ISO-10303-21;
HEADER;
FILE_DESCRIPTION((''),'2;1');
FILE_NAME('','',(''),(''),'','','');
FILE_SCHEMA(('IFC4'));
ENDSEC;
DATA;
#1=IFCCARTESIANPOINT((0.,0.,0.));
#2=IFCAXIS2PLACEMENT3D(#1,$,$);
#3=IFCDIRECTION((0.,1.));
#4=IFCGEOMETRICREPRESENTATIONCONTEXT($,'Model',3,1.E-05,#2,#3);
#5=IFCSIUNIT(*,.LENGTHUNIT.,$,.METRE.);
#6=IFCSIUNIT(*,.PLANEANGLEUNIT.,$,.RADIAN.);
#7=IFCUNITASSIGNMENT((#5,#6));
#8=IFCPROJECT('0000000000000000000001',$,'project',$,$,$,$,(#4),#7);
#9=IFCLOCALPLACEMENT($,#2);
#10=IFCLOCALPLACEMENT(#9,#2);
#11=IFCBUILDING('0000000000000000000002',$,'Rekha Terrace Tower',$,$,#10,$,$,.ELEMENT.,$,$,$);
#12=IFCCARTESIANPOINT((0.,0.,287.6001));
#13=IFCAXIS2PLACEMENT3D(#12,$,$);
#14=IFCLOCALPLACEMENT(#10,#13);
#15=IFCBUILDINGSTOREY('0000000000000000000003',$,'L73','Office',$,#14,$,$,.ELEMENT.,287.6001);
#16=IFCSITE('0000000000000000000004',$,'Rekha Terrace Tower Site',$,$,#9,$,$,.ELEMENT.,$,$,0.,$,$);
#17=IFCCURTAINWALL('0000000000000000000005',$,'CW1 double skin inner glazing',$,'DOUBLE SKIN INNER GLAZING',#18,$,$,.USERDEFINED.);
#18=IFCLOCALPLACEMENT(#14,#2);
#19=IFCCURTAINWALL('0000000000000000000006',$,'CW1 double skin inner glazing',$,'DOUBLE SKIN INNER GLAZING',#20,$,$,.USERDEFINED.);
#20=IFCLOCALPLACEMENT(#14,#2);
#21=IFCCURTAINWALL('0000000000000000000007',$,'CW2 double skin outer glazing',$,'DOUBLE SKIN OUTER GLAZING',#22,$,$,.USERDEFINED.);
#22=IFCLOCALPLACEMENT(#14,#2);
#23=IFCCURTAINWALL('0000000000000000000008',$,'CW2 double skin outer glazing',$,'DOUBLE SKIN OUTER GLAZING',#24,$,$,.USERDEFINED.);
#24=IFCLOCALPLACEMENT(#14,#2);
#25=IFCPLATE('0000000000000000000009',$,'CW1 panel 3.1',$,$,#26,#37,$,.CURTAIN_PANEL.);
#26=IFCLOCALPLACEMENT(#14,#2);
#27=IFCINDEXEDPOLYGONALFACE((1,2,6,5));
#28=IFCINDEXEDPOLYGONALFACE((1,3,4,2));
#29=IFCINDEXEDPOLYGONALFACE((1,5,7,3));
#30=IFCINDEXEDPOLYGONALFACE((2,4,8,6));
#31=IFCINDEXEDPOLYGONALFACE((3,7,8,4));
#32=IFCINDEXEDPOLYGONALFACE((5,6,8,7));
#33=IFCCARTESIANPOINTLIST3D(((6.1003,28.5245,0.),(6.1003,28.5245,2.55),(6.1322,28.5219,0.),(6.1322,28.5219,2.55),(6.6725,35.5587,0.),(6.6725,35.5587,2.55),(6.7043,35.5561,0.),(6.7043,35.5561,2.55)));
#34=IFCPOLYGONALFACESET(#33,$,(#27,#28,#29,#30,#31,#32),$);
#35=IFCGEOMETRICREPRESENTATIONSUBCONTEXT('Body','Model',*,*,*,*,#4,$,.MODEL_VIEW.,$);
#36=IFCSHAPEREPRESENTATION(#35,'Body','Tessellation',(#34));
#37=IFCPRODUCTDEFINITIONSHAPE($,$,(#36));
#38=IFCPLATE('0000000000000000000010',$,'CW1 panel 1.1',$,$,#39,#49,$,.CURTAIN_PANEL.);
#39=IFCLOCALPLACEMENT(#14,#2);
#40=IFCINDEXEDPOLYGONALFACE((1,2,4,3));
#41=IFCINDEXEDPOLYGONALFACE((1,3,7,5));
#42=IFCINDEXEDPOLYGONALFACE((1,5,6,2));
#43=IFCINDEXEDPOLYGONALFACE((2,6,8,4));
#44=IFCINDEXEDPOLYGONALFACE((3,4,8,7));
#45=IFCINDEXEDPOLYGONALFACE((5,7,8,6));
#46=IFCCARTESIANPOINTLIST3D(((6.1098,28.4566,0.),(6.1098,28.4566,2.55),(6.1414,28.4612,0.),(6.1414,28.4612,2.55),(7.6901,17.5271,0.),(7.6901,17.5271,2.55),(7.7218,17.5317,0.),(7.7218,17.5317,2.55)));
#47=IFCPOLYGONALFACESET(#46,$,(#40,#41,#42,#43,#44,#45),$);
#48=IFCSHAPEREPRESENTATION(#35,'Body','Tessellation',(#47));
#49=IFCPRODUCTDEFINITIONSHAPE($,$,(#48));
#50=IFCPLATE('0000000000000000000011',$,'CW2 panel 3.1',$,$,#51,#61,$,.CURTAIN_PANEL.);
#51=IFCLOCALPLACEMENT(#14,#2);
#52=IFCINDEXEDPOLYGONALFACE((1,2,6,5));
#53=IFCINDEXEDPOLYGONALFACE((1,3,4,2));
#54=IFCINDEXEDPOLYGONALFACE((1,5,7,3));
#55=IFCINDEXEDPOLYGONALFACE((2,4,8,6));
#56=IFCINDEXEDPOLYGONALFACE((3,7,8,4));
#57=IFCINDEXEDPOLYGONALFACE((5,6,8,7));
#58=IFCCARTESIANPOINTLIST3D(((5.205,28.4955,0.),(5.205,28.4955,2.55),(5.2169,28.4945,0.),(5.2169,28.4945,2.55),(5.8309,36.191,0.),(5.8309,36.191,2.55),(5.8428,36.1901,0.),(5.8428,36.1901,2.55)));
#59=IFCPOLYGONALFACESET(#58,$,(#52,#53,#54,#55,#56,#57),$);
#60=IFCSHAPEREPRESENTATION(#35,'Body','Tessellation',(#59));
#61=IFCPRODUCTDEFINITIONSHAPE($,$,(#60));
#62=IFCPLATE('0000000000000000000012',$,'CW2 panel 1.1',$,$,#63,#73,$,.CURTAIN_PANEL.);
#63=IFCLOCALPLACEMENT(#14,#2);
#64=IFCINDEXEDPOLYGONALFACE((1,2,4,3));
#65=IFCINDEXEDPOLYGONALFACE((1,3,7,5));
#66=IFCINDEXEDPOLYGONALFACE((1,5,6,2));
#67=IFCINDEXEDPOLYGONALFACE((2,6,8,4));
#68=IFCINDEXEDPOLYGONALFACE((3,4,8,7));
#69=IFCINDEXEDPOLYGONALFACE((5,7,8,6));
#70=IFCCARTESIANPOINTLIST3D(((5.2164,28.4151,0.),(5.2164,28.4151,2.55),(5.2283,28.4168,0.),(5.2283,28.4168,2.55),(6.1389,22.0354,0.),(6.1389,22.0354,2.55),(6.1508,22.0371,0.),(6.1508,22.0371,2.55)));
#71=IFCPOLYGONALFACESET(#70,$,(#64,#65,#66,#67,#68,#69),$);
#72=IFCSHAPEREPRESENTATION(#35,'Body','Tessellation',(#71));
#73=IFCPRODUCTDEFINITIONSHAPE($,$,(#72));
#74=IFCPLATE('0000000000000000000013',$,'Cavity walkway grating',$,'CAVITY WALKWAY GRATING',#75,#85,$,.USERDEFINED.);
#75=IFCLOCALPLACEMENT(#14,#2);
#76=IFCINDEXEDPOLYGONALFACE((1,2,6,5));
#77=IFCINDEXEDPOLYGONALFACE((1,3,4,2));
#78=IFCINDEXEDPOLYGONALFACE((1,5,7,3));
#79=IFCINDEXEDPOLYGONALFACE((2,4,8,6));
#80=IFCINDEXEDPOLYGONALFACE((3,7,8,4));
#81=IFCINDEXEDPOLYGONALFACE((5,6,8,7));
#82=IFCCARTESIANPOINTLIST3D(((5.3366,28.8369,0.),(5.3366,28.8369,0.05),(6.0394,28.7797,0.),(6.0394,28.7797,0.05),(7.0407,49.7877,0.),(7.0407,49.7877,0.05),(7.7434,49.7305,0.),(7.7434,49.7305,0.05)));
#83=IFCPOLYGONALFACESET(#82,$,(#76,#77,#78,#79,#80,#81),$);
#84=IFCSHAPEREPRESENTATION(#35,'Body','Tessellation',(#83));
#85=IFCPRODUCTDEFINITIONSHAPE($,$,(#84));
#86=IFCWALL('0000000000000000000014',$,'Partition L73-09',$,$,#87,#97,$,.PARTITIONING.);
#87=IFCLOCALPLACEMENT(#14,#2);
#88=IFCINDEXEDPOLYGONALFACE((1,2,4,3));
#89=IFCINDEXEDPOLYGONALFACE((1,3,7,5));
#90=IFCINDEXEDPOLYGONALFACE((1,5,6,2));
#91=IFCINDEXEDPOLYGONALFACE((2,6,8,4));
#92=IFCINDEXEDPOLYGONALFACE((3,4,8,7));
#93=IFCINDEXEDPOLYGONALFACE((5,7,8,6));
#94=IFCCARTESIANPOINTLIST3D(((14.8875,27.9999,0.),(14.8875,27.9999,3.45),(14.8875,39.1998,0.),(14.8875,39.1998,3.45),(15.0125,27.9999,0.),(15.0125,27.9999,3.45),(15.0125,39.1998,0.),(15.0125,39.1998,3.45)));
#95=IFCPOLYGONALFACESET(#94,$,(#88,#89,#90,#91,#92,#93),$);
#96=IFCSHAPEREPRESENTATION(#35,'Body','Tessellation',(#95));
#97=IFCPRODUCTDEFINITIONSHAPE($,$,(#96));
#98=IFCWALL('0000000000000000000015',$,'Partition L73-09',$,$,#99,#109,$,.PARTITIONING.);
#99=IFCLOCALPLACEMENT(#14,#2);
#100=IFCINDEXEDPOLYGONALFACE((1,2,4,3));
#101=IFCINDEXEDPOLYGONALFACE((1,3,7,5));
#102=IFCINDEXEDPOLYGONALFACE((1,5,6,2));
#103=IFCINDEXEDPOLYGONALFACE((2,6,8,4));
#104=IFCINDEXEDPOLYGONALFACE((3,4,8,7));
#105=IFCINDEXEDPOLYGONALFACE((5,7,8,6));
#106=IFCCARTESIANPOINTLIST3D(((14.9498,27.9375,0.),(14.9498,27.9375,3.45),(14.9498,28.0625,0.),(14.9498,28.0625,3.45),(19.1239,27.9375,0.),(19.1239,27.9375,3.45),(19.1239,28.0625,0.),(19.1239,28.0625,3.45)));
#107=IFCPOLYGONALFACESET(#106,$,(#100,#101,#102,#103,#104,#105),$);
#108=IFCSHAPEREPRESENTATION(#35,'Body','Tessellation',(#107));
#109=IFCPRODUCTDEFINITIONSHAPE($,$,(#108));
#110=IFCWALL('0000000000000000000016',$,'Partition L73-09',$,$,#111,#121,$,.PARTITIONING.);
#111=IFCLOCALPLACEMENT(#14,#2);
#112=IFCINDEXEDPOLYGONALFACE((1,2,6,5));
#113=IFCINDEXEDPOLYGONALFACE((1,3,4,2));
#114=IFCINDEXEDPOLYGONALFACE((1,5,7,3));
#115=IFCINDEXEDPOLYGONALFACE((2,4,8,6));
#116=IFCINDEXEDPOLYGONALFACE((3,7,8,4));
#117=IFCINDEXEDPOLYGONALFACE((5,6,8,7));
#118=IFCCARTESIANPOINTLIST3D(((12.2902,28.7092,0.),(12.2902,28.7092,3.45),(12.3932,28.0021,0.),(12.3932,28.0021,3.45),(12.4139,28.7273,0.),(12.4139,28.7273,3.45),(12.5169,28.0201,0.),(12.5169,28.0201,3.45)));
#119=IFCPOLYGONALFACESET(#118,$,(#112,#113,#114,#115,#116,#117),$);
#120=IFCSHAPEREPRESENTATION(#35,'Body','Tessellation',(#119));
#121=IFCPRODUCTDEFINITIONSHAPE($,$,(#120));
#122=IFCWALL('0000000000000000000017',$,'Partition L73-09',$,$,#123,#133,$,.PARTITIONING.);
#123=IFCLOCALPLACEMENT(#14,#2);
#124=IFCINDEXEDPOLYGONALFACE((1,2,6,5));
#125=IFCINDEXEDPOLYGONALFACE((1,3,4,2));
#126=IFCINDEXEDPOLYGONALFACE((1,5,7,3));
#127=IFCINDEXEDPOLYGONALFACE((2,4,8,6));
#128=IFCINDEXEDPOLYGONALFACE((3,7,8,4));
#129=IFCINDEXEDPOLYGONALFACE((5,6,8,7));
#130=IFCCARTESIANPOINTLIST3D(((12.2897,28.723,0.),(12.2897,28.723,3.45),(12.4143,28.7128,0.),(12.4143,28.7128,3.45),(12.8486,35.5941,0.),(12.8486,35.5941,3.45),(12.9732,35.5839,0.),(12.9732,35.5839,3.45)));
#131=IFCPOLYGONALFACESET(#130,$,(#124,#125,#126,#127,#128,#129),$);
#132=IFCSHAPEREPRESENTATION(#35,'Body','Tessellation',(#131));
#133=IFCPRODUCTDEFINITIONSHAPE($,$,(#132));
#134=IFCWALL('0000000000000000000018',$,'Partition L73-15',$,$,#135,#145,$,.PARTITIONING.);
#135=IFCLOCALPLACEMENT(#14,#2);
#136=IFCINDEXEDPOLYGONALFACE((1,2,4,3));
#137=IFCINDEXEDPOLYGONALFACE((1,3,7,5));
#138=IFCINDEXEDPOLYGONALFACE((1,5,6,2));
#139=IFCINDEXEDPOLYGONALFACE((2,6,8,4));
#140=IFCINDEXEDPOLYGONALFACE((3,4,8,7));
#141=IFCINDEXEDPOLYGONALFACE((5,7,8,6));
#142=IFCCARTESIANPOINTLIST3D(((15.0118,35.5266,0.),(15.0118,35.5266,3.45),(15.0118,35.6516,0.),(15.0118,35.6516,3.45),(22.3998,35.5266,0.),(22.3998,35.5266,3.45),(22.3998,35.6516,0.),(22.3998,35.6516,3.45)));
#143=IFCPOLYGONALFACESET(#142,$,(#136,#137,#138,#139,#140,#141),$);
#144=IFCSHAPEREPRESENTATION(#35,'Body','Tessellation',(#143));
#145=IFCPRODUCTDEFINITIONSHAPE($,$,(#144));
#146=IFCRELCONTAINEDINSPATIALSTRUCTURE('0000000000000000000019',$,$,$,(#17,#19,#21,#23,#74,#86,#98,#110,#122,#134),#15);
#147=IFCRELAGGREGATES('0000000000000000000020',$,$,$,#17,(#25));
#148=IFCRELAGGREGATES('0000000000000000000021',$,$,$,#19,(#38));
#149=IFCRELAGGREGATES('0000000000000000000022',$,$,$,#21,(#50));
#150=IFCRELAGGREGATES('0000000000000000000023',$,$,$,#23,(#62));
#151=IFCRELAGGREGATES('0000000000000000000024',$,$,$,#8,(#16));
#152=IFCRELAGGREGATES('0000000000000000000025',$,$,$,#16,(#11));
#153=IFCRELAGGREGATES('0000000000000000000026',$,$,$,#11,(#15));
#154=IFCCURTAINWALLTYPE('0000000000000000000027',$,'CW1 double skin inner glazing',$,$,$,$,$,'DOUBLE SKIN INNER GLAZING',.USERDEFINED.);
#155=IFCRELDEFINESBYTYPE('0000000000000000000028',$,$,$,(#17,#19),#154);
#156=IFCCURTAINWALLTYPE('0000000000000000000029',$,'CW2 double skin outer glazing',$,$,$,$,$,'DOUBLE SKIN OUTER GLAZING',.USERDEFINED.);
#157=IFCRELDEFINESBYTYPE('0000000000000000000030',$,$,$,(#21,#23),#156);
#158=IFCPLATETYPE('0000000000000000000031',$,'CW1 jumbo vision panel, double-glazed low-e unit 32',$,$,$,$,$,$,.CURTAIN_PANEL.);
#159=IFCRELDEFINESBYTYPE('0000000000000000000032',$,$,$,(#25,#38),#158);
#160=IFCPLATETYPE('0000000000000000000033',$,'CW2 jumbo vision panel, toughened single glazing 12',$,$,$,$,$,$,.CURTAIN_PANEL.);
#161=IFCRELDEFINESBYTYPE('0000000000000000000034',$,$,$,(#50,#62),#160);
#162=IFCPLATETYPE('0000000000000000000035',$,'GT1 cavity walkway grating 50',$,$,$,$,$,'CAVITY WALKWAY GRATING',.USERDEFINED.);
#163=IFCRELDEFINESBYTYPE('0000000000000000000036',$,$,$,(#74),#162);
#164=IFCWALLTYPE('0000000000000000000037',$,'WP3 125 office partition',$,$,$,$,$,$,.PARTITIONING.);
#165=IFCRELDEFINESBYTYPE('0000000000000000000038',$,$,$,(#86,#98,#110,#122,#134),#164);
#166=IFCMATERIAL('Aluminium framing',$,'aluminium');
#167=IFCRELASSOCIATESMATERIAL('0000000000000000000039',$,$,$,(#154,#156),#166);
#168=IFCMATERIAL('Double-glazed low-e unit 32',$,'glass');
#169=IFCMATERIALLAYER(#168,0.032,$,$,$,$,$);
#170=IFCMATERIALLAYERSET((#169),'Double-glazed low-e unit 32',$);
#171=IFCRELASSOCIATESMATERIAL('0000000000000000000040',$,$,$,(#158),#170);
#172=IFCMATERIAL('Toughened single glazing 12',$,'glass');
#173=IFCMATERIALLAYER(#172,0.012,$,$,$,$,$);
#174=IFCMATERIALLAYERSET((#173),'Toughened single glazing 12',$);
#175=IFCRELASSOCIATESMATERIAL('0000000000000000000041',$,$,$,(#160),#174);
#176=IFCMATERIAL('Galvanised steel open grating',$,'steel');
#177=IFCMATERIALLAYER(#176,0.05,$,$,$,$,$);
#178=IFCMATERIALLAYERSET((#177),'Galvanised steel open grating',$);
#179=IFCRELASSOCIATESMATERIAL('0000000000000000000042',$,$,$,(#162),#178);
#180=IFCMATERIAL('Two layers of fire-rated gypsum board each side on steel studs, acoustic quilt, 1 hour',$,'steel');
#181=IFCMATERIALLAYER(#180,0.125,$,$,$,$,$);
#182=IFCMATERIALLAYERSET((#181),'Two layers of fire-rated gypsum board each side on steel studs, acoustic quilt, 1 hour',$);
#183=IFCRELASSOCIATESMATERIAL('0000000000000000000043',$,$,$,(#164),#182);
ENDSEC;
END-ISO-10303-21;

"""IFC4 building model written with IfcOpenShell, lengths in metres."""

from ifc_helpers import new_model, si_unit, direction, frame, frame_2d, origin, origin_2d, place, context, subcontext, project, spatial, rectangle, extrude, material, layer, layer_set, type_object, element, aggregate, save


model = new_model("IFC4")

# Units and contexts
model_context = context("Model", 3, precision=1e-05, world=origin(), true_north=direction((0.0, 1.0)))
body_context = subcontext(model_context, "Body", "Model", "MODEL_VIEW")
ifc_project = project(units=[si_unit("LENGTHUNIT", "METRE"), si_unit("PLANEANGLEUNIT", "RADIAN")], contexts=[model_context])

# Site, building, storey
site_placement = place(None, origin())
site = spatial("IfcSite", under=ifc_project, at=site_placement, Name="Rekha Terrace Tower Site", CompositionType="ELEMENT", RefElevation=0.0)
building_placement = place(site_placement, origin())
building = spatial("IfcBuilding", under=site, at=building_placement, Name="Rekha Terrace Tower", CompositionType="ELEMENT")
storey_placement = place(building_placement, frame((0.0, 0.0, 287.6001)))
storey = spatial("IfcBuildingStorey", under=building, at=storey_placement, Name="L73", Description="Office", CompositionType="ELEMENT", Elevation=287.6001)

# Curtain walls
ifc_material_1 = material(Name="Aluminium framing", Category="aluminium")
curtain_wall_type_1 = type_object("IfcCurtainWallType", Name="CW1 double skin inner glazing", ElementType="DOUBLE SKIN INNER GLAZING", PredefinedType="USERDEFINED", material=ifc_material_1)
curtain_wall_1_placement = place(storey_placement, origin())
curtain_wall_1 = element("IfcCurtainWall", 1, at=curtain_wall_1_placement, inside=storey, type_object=curtain_wall_type_1, Name="CW1 double skin inner glazing", ObjectType="DOUBLE SKIN INNER GLAZING", PredefinedType="USERDEFINED")
curtain_wall_2_placement = place(storey_placement, origin())
curtain_wall_2 = element("IfcCurtainWall", 2, at=curtain_wall_2_placement, inside=storey, type_object=curtain_wall_type_1, Name="CW1 double skin inner glazing", ObjectType="DOUBLE SKIN INNER GLAZING", PredefinedType="USERDEFINED")

# Curtain walls
curtain_wall_type_2 = type_object("IfcCurtainWallType", Name="CW2 double skin outer glazing", ElementType="DOUBLE SKIN OUTER GLAZING", PredefinedType="USERDEFINED", material=ifc_material_1)
curtain_wall_3_placement = place(storey_placement, origin())
curtain_wall_3 = element("IfcCurtainWall", 3, at=curtain_wall_3_placement, inside=storey, type_object=curtain_wall_type_2, Name="CW2 double skin outer glazing", ObjectType="DOUBLE SKIN OUTER GLAZING", PredefinedType="USERDEFINED")
curtain_wall_4_placement = place(storey_placement, origin())
curtain_wall_4 = element("IfcCurtainWall", 4, at=curtain_wall_4_placement, inside=storey, type_object=curtain_wall_type_2, Name="CW2 double skin outer glazing", ObjectType="DOUBLE SKIN OUTER GLAZING", PredefinedType="USERDEFINED")

# Plates
ifc_material_2 = material(Name="Double-glazed low-e unit 32", Category="glass")
ifc_layer_1 = layer(ifc_material_2, 0.032)
ifc_layer_set_1 = layer_set([ifc_layer_1], Name="Double-glazed low-e unit 32")
plate_type_1 = type_object("IfcPlateType", Name="CW1 jumbo vision panel, double-glazed low-e unit 32", PredefinedType="CURTAIN_PANEL", material=ifc_layer_set_1)
plate_1_placement = place(storey_placement, frame((6.4023, 32.0403, 0.0), z_axis=(0.0, 0.0, 1.0), x_axis=(-0.081068, -0.996709, 0.0)))
plate_1 = element("IfcPlate", 5, at=plate_1_placement, type_object=plate_type_1, Name="CW1 panel 3.1", PredefinedType="CURTAIN_PANEL", context=body_context, shape_type="SweptSolid", body=[
    extrude(rectangle(XDim=7.0574, YDim=0.032, at=origin_2d()), origin(), (0.0, 0.0, 1.0), 2.55),
])
aggregate(curtain_wall_1, [plate_1])
plate_2_placement = place(storey_placement, frame((6.9158, 22.9941, 0.0), z_axis=(0.0, 0.0, 1.0), x_axis=(0.143108, -0.989707, 0.0)))
plate_2 = element("IfcPlate", 6, at=plate_2_placement, type_object=plate_type_1, Name="CW1 panel 1.1", PredefinedType="CURTAIN_PANEL", context=body_context, shape_type="SweptSolid", body=[
    extrude(rectangle(XDim=11.0432, YDim=0.032, at=origin_2d()), origin(), (0.0, 0.0, 1.0), 2.55),
])
aggregate(curtain_wall_2, [plate_2])
ifc_material_3 = material(Name="Toughened single glazing 12", Category="glass")
ifc_layer_2 = layer(ifc_material_3, 0.012)
ifc_layer_set_2 = layer_set([ifc_layer_2], Name="Toughened single glazing 12")
plate_type_2 = type_object("IfcPlateType", Name="CW2 jumbo vision panel, toughened single glazing 12", PredefinedType="CURTAIN_PANEL", material=ifc_layer_set_2)
plate_3_placement = place(storey_placement, frame((5.5239, 32.3428, 0.0), z_axis=(0.0, 0.0, 1.0), x_axis=(-0.081068, -0.996709, 0.0)))
plate_3 = element("IfcPlate", 7, at=plate_3_placement, type_object=plate_type_2, Name="CW2 panel 3.1", PredefinedType="CURTAIN_PANEL", context=body_context, shape_type="SweptSolid", body=[
    extrude(rectangle(XDim=7.7209, YDim=0.012, at=origin_2d()), origin(), (0.0, 0.0, 1.0), 2.55),
])
aggregate(curtain_wall_3, [plate_3])
plate_4_placement = place(storey_placement, frame((5.6836, 25.2261, 0.0), z_axis=(0.0, 0.0, 1.0), x_axis=(0.143108, -0.989707, 0.0)))
plate_4 = element("IfcPlate", 8, at=plate_4_placement, type_object=plate_type_2, Name="CW2 panel 1.1", PredefinedType="CURTAIN_PANEL", context=body_context, shape_type="SweptSolid", body=[
    extrude(rectangle(XDim=6.446, YDim=0.012, at=origin_2d()), origin(), (0.0, 0.0, 1.0), 2.55),
])
aggregate(curtain_wall_4, [plate_4])
ifc_material_4 = material(Name="Galvanised steel open grating", Category="steel")
ifc_layer_3 = layer(ifc_material_4, 0.05)
ifc_layer_set_3 = layer_set([ifc_layer_3], Name="Galvanised steel open grating")
plate_type_3 = type_object("IfcPlateType", Name="GT1 cavity walkway grating 50", ElementType="CAVITY WALKWAY GRATING", PredefinedType="USERDEFINED", material=ifc_layer_set_3)
plate_5_placement = place(storey_placement, frame((6.54, 39.2837, 0.0), z_axis=(0.0, 0.0, 1.0), x_axis=(-0.081068, -0.996709, 0.0)))
element("IfcPlate", 9, at=plate_5_placement, inside=storey, type_object=plate_type_3, Name="Cavity walkway grating", ObjectType="CAVITY WALKWAY GRATING", PredefinedType="USERDEFINED", context=body_context, shape_type="SweptSolid", body=[
    extrude(rectangle(XDim=21.02, YDim=0.7051, at=origin_2d()), origin(), (0.0, 0.0, 1.0), 0.05),
])

# Walls
ifc_material_5 = material(Name="Two layers of fire-rated gypsum board each side on steel studs, acoustic quilt, 1 hour", Category="steel")
ifc_layer_4 = layer(ifc_material_5, 0.125)
ifc_layer_set_4 = layer_set([ifc_layer_4], Name="Two layers of fire-rated gypsum board each side on steel studs, acoustic quilt, 1 hour")
wall_type = type_object("IfcWallType", Name="WP3 125 office partition", PredefinedType="PARTITIONING", material=ifc_layer_set_4)
wall_1_placement = place(storey_placement, frame((14.95, 39.2, 0.0), z_axis=(0.0, 0.0, 1.0), x_axis=(0.0, -1.0, 0.0)))
element("IfcWall", 10, at=wall_1_placement, inside=storey, type_object=wall_type, Name="Partition L73-09", PredefinedType="PARTITIONING", context=body_context, shape_type="SweptSolid", body=[
    extrude(rectangle(XDim=11.2, YDim=0.125, at=frame_2d((5.6001, 0.0))), origin(), (0.0, 0.0, 1.0), 3.45),
])
wall_2_placement = place(storey_placement, frame((14.95, 28.0, 0.0), z_axis=(0.0, 0.0, 1.0), x_axis=(1.0, 0.0, 0.0)))
element("IfcWall", 11, at=wall_2_placement, inside=storey, type_object=wall_type, Name="Partition L73-09", PredefinedType="PARTITIONING", context=body_context, shape_type="SweptSolid", body=[
    extrude(rectangle(XDim=4.1741, YDim=0.125, at=frame_2d((2.0869, 0.0))), origin(), (0.0, 0.0, 1.0), 3.45),
])
wall_3_placement = place(storey_placement, frame((12.4551, 28.011, 0.0), z_axis=(0.0, 0.0, 1.0), x_axis=(-0.144195, 0.989549, 0.0)))
element("IfcWall", 12, at=wall_3_placement, inside=storey, type_object=wall_type, Name="Partition L73-09", PredefinedType="PARTITIONING", context=body_context, shape_type="SweptSolid", body=[
    extrude(rectangle(XDim=0.7146, YDim=0.125, at=frame_2d((0.3574, 0.0))), origin(), (0.0, 0.0, 1.0), 3.45),
])
wall_4_placement = place(storey_placement, frame((12.3521, 28.718, 0.0), z_axis=(0.0, 0.0, 1.0), x_axis=(0.081064, 0.996709, 0.0)))
element("IfcWall", 13, at=wall_4_placement, inside=storey, type_object=wall_type, Name="Partition L73-09", PredefinedType="PARTITIONING", context=body_context, shape_type="SweptSolid", body=[
    extrude(rectangle(XDim=6.8938, YDim=0.125, at=frame_2d((3.4468, 0.0))), origin(), (0.0, 0.0, 1.0), 3.45),
])
wall_5_placement = place(storey_placement, frame((15.012, 35.5891, 0.0), z_axis=(0.0, 0.0, 1.0), x_axis=(1.0, 0.0, 0.0)))
element("IfcWall", 14, at=wall_5_placement, inside=storey, type_object=wall_type, Name="Partition L73-15", PredefinedType="PARTITIONING", context=body_context, shape_type="SweptSolid", body=[
    extrude(rectangle(XDim=7.3879, YDim=0.125, at=frame_2d((3.6938, 0.0))), origin(), (0.0, 0.0, 1.0), 3.45),
])

save(model, "model.ifc")
